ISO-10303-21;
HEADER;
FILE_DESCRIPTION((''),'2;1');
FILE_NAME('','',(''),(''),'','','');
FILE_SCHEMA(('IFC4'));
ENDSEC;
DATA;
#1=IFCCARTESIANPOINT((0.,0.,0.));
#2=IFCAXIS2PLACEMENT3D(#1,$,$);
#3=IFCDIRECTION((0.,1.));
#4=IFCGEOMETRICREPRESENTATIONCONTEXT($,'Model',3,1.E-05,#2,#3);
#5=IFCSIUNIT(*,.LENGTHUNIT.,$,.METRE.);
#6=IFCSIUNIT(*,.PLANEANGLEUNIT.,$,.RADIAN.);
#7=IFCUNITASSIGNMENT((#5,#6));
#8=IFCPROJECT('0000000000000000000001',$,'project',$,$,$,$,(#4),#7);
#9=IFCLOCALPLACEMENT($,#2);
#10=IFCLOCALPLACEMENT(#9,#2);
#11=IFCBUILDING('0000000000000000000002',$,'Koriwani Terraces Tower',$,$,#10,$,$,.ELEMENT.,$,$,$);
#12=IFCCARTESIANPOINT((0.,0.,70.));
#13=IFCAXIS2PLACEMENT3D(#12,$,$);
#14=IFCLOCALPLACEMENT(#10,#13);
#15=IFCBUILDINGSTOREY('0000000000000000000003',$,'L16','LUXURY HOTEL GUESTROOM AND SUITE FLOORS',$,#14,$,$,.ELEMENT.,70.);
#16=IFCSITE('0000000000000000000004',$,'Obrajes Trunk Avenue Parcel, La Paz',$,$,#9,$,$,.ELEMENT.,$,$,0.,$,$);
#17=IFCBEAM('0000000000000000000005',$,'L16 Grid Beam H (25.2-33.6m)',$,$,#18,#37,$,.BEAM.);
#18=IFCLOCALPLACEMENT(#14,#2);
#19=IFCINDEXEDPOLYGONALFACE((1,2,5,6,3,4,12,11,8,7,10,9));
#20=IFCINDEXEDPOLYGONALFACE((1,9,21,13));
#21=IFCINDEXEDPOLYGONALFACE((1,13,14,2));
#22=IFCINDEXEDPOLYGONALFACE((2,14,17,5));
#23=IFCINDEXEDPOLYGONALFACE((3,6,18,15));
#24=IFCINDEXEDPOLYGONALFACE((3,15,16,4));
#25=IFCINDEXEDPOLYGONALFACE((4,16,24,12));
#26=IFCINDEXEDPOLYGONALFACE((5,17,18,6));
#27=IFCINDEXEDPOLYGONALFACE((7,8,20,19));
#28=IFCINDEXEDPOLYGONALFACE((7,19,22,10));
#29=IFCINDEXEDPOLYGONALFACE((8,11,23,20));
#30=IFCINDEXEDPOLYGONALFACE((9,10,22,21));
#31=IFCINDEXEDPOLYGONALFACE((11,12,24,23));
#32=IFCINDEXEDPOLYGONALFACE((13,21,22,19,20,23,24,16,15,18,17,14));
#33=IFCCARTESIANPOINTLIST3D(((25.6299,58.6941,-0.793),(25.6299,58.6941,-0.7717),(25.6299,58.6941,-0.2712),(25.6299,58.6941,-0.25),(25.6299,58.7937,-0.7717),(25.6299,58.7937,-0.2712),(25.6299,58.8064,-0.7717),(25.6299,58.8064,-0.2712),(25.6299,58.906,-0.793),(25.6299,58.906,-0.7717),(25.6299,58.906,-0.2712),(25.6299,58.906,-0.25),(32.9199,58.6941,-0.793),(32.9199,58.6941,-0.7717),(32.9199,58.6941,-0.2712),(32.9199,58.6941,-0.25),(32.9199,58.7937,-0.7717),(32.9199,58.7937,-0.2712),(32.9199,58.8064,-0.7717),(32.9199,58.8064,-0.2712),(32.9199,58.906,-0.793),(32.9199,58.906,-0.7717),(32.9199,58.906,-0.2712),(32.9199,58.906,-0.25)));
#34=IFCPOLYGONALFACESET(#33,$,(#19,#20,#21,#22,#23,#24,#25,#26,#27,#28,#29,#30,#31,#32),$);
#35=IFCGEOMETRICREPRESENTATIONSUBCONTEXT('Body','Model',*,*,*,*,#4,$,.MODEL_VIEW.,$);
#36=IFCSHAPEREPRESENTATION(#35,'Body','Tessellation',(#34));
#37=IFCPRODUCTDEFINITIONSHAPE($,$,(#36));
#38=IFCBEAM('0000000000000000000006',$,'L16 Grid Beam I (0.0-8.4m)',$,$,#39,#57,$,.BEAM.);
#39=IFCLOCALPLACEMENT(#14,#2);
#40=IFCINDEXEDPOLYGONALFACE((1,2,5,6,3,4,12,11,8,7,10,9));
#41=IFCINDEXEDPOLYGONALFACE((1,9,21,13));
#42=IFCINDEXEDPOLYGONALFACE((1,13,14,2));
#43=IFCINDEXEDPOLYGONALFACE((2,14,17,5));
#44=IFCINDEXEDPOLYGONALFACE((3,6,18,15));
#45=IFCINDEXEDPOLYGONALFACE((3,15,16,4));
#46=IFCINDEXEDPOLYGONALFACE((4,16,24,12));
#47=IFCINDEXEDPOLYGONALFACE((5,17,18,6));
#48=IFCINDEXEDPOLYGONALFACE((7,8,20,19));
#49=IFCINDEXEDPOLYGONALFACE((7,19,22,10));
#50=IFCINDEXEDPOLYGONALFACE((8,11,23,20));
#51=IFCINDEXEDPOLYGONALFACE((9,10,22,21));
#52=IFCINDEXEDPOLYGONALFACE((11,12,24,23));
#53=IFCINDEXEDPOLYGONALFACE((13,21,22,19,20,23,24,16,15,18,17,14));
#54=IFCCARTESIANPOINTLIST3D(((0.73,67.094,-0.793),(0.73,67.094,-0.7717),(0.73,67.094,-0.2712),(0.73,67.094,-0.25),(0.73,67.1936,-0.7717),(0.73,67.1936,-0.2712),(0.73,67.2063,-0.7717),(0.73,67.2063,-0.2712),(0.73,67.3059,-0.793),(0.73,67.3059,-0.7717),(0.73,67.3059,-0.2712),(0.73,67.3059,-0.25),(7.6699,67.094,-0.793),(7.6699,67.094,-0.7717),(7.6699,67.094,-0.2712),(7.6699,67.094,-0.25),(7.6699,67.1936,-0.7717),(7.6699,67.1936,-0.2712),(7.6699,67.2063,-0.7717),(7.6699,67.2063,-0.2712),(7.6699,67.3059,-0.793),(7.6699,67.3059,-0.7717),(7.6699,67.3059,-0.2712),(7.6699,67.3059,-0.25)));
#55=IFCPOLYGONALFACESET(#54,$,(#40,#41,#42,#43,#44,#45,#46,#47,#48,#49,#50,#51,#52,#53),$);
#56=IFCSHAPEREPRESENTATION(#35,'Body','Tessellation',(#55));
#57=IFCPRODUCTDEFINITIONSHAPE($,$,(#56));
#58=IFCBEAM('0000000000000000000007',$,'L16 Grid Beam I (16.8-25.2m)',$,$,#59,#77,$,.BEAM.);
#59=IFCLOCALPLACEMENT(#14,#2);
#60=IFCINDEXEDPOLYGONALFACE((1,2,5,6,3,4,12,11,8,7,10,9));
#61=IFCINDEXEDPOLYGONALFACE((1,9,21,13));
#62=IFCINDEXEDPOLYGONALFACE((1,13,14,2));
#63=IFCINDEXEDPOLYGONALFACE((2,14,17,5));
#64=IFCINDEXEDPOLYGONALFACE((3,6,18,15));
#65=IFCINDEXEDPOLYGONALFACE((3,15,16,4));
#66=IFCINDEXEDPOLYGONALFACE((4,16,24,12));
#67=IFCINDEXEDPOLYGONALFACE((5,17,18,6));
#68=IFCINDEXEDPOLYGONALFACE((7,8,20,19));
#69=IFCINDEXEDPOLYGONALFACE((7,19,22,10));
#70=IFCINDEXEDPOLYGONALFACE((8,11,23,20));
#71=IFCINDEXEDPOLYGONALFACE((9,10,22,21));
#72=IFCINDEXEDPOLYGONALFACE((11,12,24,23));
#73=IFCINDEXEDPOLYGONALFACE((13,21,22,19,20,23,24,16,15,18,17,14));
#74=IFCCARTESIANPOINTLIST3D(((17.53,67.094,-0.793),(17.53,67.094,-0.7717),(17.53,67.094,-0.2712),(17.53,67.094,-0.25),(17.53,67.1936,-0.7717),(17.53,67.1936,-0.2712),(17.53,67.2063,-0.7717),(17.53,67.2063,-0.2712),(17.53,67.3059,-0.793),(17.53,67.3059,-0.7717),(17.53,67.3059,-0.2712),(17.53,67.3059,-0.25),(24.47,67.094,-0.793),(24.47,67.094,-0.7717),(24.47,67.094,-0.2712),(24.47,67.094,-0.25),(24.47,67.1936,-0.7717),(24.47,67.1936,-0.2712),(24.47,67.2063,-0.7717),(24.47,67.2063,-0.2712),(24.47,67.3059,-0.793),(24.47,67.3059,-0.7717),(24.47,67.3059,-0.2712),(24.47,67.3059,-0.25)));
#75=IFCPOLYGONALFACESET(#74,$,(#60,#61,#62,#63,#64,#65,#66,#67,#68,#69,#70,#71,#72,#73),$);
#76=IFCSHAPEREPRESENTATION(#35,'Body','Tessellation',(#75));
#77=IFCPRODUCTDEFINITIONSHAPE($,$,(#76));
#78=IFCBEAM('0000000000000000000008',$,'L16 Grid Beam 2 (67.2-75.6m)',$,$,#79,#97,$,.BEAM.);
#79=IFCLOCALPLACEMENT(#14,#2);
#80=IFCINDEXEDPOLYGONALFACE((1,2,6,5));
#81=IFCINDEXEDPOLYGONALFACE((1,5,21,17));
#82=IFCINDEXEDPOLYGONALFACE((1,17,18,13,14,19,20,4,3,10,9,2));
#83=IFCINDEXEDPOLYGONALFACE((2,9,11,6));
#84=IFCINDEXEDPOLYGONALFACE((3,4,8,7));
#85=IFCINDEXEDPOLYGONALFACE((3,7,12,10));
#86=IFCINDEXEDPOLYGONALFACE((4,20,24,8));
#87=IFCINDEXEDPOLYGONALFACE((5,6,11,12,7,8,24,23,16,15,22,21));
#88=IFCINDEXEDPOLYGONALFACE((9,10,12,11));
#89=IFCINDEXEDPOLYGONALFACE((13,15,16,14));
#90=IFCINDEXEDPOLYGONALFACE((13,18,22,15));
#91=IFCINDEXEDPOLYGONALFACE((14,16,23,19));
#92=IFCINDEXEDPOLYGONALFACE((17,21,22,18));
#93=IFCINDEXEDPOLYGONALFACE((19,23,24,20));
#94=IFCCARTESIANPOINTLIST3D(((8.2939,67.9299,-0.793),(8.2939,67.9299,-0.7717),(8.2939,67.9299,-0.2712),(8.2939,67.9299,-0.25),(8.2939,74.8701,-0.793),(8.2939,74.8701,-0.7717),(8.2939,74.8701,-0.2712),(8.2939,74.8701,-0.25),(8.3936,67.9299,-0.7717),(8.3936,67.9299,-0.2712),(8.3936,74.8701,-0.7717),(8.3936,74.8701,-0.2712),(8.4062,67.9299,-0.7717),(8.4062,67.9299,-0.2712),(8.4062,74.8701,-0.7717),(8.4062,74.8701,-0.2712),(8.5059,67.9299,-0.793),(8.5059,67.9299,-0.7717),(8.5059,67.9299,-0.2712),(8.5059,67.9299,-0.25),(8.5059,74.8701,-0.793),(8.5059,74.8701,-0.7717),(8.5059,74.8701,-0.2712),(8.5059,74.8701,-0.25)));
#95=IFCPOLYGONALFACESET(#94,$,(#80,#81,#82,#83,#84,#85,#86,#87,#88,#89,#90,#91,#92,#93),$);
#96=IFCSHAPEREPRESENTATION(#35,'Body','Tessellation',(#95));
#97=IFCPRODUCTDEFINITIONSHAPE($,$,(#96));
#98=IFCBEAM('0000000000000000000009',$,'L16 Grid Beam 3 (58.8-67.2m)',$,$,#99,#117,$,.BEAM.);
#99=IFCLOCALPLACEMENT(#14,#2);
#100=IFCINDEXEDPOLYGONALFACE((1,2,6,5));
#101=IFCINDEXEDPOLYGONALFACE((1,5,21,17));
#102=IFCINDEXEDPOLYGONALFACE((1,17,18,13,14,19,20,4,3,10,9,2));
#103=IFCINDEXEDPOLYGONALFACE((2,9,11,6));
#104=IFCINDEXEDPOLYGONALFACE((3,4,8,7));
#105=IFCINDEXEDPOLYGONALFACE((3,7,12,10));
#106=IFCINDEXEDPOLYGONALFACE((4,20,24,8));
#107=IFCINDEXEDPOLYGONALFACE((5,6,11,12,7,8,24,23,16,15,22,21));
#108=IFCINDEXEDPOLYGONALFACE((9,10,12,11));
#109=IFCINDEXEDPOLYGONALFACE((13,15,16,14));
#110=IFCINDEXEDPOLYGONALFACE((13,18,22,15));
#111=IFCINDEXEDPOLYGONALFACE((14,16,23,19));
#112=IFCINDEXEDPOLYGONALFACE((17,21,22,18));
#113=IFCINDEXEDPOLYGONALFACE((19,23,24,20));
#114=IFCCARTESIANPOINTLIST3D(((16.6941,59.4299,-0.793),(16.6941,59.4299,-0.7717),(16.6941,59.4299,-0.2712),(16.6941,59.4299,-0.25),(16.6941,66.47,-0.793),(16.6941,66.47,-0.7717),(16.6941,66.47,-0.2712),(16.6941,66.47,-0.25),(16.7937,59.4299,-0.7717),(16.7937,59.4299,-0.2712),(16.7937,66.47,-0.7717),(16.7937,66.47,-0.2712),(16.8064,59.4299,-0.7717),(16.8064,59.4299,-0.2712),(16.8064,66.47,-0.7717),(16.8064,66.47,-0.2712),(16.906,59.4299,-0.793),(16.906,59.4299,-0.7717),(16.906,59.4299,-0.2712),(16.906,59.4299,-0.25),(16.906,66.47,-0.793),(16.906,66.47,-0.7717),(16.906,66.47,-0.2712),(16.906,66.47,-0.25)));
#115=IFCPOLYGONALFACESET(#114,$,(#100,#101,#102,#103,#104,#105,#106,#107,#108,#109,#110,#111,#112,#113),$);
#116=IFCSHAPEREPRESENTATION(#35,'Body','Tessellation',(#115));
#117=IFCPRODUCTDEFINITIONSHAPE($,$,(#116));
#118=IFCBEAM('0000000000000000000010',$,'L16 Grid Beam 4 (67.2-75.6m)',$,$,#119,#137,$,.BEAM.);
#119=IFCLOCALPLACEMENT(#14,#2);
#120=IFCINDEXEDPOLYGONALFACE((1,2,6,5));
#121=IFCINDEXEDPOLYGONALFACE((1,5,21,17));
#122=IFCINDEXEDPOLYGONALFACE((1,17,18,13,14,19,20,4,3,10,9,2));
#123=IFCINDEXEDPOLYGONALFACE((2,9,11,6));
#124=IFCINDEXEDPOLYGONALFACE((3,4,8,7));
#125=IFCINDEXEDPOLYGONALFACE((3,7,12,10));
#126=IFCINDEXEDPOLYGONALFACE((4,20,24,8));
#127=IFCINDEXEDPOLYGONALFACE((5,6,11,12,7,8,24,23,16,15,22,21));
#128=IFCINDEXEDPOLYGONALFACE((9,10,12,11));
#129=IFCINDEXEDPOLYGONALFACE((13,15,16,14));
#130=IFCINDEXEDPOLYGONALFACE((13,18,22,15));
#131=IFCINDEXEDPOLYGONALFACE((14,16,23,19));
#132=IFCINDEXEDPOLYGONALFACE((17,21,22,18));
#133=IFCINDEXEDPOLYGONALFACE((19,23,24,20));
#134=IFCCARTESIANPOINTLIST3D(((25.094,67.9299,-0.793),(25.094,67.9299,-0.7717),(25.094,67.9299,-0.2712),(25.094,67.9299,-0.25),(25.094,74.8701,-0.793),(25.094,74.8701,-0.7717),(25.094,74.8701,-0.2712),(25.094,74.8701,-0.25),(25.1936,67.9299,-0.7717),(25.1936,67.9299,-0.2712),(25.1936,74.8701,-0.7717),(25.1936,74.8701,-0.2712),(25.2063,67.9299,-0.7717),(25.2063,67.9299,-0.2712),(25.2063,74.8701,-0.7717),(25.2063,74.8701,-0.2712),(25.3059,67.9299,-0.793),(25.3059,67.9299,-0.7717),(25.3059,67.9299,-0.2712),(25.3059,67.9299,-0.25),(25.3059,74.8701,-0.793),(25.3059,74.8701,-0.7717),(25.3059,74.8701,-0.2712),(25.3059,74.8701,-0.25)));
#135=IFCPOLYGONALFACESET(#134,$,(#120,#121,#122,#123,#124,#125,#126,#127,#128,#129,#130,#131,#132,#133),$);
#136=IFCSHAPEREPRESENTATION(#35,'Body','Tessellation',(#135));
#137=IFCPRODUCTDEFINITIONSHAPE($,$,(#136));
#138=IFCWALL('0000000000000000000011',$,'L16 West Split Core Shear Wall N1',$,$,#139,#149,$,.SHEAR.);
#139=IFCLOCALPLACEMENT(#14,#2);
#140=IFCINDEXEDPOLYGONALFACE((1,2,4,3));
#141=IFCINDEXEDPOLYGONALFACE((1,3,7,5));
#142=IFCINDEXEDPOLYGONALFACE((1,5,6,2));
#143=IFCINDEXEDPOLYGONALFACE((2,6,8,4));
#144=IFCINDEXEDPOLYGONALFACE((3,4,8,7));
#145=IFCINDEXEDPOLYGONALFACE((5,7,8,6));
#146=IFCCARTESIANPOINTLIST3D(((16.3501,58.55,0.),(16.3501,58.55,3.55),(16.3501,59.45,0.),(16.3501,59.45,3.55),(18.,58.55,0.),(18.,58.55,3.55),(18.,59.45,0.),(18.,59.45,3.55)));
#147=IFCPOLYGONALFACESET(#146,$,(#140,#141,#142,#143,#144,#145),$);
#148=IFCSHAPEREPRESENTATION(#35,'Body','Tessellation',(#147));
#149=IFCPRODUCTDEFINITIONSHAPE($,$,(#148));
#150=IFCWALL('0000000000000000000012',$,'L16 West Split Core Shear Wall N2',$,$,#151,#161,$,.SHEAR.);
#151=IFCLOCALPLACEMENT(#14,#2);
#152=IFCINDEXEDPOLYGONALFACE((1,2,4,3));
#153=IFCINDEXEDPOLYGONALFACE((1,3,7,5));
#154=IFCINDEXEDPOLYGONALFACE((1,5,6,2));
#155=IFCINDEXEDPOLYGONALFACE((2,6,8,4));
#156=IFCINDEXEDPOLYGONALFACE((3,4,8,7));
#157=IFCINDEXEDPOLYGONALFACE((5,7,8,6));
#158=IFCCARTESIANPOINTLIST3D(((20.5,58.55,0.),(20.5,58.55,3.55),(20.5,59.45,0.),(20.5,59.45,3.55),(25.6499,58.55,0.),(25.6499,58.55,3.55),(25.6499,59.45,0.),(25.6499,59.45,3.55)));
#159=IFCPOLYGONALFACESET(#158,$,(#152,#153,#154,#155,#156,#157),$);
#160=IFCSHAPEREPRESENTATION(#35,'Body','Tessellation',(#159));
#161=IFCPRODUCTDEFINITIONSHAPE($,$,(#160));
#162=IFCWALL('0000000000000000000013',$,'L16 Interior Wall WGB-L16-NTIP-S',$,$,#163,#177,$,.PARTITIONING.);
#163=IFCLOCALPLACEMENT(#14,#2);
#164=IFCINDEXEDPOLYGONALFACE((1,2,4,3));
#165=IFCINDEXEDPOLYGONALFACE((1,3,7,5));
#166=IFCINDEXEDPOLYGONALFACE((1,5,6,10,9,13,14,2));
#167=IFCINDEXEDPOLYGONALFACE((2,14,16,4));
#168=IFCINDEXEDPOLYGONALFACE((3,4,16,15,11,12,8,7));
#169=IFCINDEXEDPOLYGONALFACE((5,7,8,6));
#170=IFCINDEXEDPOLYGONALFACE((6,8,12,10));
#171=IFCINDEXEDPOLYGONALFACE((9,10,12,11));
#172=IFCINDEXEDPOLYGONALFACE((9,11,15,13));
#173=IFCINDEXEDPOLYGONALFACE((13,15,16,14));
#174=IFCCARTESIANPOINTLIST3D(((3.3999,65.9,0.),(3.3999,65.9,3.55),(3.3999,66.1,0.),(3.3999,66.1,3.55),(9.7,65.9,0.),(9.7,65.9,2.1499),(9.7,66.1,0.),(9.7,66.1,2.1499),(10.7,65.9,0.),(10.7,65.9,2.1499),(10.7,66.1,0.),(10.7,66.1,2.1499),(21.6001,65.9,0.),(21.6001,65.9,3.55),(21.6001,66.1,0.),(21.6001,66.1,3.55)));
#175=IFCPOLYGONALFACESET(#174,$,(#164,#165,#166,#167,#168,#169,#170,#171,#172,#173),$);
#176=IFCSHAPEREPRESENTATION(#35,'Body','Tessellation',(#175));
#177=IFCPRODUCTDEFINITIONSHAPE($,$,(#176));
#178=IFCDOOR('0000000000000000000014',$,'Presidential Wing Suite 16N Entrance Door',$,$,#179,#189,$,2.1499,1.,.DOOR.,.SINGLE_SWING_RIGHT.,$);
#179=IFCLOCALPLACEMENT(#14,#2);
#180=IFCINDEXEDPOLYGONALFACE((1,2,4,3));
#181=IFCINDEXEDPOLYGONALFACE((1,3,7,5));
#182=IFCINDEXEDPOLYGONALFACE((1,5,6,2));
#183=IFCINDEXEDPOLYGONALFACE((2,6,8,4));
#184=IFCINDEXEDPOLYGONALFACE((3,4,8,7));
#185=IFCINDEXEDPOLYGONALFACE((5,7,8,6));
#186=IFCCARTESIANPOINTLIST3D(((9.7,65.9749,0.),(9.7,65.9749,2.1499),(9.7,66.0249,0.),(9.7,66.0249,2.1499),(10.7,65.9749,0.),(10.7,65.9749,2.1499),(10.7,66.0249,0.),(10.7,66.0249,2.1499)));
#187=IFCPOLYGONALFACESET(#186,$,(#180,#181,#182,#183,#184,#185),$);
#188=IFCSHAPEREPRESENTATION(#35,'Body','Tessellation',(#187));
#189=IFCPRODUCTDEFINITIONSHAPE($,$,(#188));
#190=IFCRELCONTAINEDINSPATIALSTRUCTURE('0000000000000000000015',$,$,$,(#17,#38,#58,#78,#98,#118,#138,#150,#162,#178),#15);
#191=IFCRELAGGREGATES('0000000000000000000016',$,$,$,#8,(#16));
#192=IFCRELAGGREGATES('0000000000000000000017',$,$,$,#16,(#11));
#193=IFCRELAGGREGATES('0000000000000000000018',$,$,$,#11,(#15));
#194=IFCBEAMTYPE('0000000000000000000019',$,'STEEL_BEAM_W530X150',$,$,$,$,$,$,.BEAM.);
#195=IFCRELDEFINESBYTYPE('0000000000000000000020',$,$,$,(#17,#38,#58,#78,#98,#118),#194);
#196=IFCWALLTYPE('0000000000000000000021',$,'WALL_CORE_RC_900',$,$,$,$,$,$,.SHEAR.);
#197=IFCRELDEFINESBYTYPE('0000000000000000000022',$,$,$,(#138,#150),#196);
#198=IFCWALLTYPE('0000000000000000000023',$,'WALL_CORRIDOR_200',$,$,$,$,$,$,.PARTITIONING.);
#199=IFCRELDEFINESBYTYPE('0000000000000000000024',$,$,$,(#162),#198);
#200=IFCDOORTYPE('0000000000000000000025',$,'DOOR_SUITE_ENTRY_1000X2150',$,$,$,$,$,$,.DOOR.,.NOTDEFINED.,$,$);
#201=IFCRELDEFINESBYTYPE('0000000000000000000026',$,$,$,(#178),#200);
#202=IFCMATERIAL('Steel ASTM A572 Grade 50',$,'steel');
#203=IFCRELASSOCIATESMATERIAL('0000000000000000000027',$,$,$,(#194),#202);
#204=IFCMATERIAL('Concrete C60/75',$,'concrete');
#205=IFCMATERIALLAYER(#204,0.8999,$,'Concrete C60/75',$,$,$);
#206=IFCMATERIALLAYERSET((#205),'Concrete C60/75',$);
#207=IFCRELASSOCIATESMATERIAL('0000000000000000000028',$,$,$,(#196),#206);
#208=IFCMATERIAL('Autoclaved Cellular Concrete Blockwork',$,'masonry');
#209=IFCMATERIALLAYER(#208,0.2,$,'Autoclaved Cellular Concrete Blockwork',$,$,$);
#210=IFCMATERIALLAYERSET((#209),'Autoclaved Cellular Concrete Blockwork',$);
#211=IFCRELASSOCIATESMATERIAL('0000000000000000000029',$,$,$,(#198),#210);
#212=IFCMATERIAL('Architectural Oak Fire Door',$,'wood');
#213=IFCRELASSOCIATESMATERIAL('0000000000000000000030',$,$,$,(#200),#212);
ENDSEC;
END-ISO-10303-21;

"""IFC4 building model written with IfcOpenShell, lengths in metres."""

from ifc_helpers import new_model, si_unit, direction, frame, frame_2d, origin, origin_2d, place, context, subcontext, project, spatial, rectangle, i_section, extrude, material, layer, layer_set, material_profile, profile_set, type_object, element, fill, save


model = new_model("IFC4")

# Units and contexts
model_context = context("Model", 3, precision=1e-05, world=origin(), true_north=direction((0.0, 1.0)))
body_context = subcontext(model_context, "Body", "Model", "MODEL_VIEW")
ifc_project = project(units=[si_unit("LENGTHUNIT", "METRE"), si_unit("PLANEANGLEUNIT", "RADIAN")], contexts=[model_context])

# Site, building, storey
site_placement = place(None, origin())
site = spatial("IfcSite", under=ifc_project, at=site_placement, Name="Obrajes Trunk Avenue Parcel, La Paz", CompositionType="ELEMENT", RefElevation=0.0)
building_placement = place(site_placement, origin())
building = spatial("IfcBuilding", under=site, at=building_placement, Name="Koriwani Terraces Tower", CompositionType="ELEMENT")
storey_placement = place(building_placement, frame((0.0, 0.0, 70.0)))
storey = spatial("IfcBuildingStorey", under=building, at=storey_placement, Name="L16", Description="LUXURY HOTEL GUESTROOM AND SUITE FLOORS", CompositionType="ELEMENT", Elevation=70.0)

# Shared definitions
ifc_material_1 = material(Name="Concrete C60/75", Category="concrete")

# Beams
ifc_material_2 = material(Name="Steel ASTM A572 Grade 50", Category="steel")
ifc_material_profile_1 = material_profile(ifc_material_2, i_section(OverallWidth=0.2119, OverallDepth=0.543, WebThickness=0.0127, FlangeThickness=0.0212, at=origin_2d()), Name="Steel ASTM A572 Grade 50", Category="LoadBearing")
ifc_profile_set_1 = profile_set([ifc_material_profile_1], Name="Steel ASTM A572 Grade 50")
beam_type_1 = type_object("IfcBeamType", Name="STEEL_BEAM_W530X150", PredefinedType="BEAM", material=ifc_profile_set_1)
beam_1_placement = place(storey_placement, frame((25.6299, 58.8, -0.5215), z_axis=(1.0, 0.0, 0.0), x_axis=(0.0, 1.0, 0.0)))
element("IfcBeam", 1, at=beam_1_placement, inside=storey, type_object=beam_type_1, Name="L16 Grid Beam H (25.2-33.6m)", PredefinedType="BEAM", context=body_context, shape_type="SweptSolid", body=[
    extrude(i_section(OverallWidth=0.2119, OverallDepth=0.543, WebThickness=0.0127, FlangeThickness=0.0212, at=origin_2d()), origin(), (0.0, 0.0, 1.0), 7.29),
])
for number, where, z_axis, x_axis, name in (
    (2, (0.73, 67.2, -0.5215), (1.0, 0.0, 0.0), (0.0, 1.0, 0.0), "L16 Grid Beam I (0.0-8.4m)"),
    (3, (17.53, 67.2, -0.5215), (1.0, 0.0, 0.0), (0.0, 1.0, 0.0), "L16 Grid Beam I (16.8-25.2m)"),
):
    element("IfcBeam", number, at=place(storey_placement, frame(where, z_axis=z_axis, x_axis=x_axis)), inside=storey, type_object=beam_type_1, Name=name, PredefinedType="BEAM", context=body_context, shape_type="SweptSolid", body=[
        extrude(i_section(OverallWidth=0.2119, OverallDepth=0.543, WebThickness=0.0127, FlangeThickness=0.0212, at=origin_2d()), origin(), (0.0, 0.0, 1.0), 6.9399),
    ])
beam_2_placement = place(storey_placement, frame((8.3999, 67.9299, -0.5215), z_axis=(0.0, 1.0, 0.0), x_axis=(-1.0, 0.0, 0.0)))
element("IfcBeam", 4, at=beam_2_placement, inside=storey, type_object=beam_type_1, Name="L16 Grid Beam 2 (67.2-75.6m)", PredefinedType="BEAM", context=body_context, shape_type="SweptSolid", body=[
    extrude(i_section(OverallWidth=0.2119, OverallDepth=0.543, WebThickness=0.0127, FlangeThickness=0.0212, at=origin_2d()), origin(), (0.0, 0.0, 1.0), 6.9402),
])
beam_3_placement = place(storey_placement, frame((16.8, 59.4299, -0.5215), z_axis=(0.0, 1.0, 0.0), x_axis=(-1.0, 0.0, 0.0)))
element("IfcBeam", 5, at=beam_3_placement, inside=storey, type_object=beam_type_1, Name="L16 Grid Beam 3 (58.8-67.2m)", PredefinedType="BEAM", context=body_context, shape_type="SweptSolid", body=[
    extrude(i_section(OverallWidth=0.2119, OverallDepth=0.543, WebThickness=0.0127, FlangeThickness=0.0212, at=origin_2d()), origin(), (0.0, 0.0, 1.0), 7.04),
])
beam_4_placement = place(storey_placement, frame((25.2, 67.9299, -0.5215), z_axis=(0.0, 1.0, 0.0), x_axis=(-1.0, 0.0, 0.0)))
element("IfcBeam", 6, at=beam_4_placement, inside=storey, type_object=beam_type_1, Name="L16 Grid Beam 4 (67.2-75.6m)", PredefinedType="BEAM", context=body_context, shape_type="SweptSolid", body=[
    extrude(i_section(OverallWidth=0.2119, OverallDepth=0.543, WebThickness=0.0127, FlangeThickness=0.0212, at=origin_2d()), origin(), (0.0, 0.0, 1.0), 6.9402),
])

# Walls
ifc_layer_1 = layer(ifc_material_1, 0.8999, Name="Concrete C60/75")
ifc_layer_set_1 = layer_set([ifc_layer_1], Name="Concrete C60/75")
wall_type_1 = type_object("IfcWallType", Name="WALL_CORE_RC_900", PredefinedType="SHEAR", material=ifc_layer_set_1)
wall_1_placement = place(storey_placement, frame((16.3501, 59.0, 0.0), z_axis=(0.0, 0.0, 1.0), x_axis=(1.0, 0.0, 0.0)))
element("IfcWall", 7, at=wall_1_placement, inside=storey, type_object=wall_type_1, Name="L16 West Split Core Shear Wall N1", PredefinedType="SHEAR", context=body_context, shape_type="SweptSolid", body=[
    extrude(rectangle(XDim=1.6499, YDim=0.8999, at=frame_2d((0.825, 0.0))), origin(), (0.0, 0.0, 1.0), 3.55),
])
wall_2_placement = place(storey_placement, frame((20.5, 59.0, 0.0), z_axis=(0.0, 0.0, 1.0), x_axis=(1.0, 0.0, 0.0)))
element("IfcWall", 8, at=wall_2_placement, inside=storey, type_object=wall_type_1, Name="L16 West Split Core Shear Wall N2", PredefinedType="SHEAR", context=body_context, shape_type="SweptSolid", body=[
    extrude(rectangle(XDim=5.1499, YDim=0.8999, at=frame_2d((2.575, 0.0))), origin(), (0.0, 0.0, 1.0), 3.55),
])

# Wall, opening, door
ifc_material_3 = material(Name="Autoclaved Cellular Concrete Blockwork", Category="masonry")
ifc_layer_2 = layer(ifc_material_3, 0.2, Name="Autoclaved Cellular Concrete Blockwork")
ifc_layer_set_2 = layer_set([ifc_layer_2], Name="Autoclaved Cellular Concrete Blockwork")
wall_type_2 = type_object("IfcWallType", Name="WALL_CORRIDOR_200", PredefinedType="PARTITIONING", material=ifc_layer_set_2)
wall_3_placement = place(storey_placement, frame((3.3999, 66.0, 0.0), z_axis=(0.0, 0.0, 1.0), x_axis=(1.0, 0.0, 0.0)))
wall_3 = element("IfcWall", 9, at=wall_3_placement, inside=storey, type_object=wall_type_2, Name="L16 Interior Wall WGB-L16-NTIP-S", PredefinedType="PARTITIONING", context=body_context, shape_type="SweptSolid", body=[
    extrude(rectangle(XDim=18.2002, YDim=0.2, at=frame_2d((9.1001, 0.0))), origin(), (0.0, 0.0, 1.0), 3.55),
])
opening_1_placement = place(wall_3_placement, frame((6.3, 0.0, 0.0)))
opening_1 = element("IfcOpeningElement", 10, at=opening_1_placement, cuts=wall_3, PredefinedType="OPENING", context=body_context, shape_type="SweptSolid", body=[
    extrude(rectangle(XDim=1.0, YDim=2.1499, at=frame_2d((0.5, 1.075))), frame((0.0, 0.1099, 0.0), z_axis=(0.0, -1.0, 0.0), x_axis=(1.0, 0.0, 0.0)), (0.0, 0.0, 1.0), 0.22),
])
ifc_material_4 = material(Name="Architectural Oak Fire Door", Category="wood")
door_type_1 = type_object("IfcDoorType", Name="DOOR_SUITE_ENTRY_1000X2150", OperationType="NOTDEFINED", PredefinedType="DOOR", material=ifc_material_4)
door_1_placement = place(opening_1_placement, origin())
door_1 = element("IfcDoor", 11, at=door_1_placement, inside=storey, type_object=door_type_1, Name="Presidential Wing Suite 16N Entrance Door", OperationType="SINGLE_SWING_RIGHT", OverallHeight=2.1499, OverallWidth=1.0, PredefinedType="DOOR", context=body_context, shape_type="SweptSolid", body=[
    extrude(rectangle(XDim=1.0, YDim=2.1499, at=frame_2d((0.5, 1.075))), frame((0.0, 0.0249, 0.0), z_axis=(0.0, -1.0, 0.0), x_axis=(1.0, 0.0, 0.0)), (0.0, 0.0, 1.0), 0.05),
])
fill(opening_1, door_1)

save(model, "model.ifc")
